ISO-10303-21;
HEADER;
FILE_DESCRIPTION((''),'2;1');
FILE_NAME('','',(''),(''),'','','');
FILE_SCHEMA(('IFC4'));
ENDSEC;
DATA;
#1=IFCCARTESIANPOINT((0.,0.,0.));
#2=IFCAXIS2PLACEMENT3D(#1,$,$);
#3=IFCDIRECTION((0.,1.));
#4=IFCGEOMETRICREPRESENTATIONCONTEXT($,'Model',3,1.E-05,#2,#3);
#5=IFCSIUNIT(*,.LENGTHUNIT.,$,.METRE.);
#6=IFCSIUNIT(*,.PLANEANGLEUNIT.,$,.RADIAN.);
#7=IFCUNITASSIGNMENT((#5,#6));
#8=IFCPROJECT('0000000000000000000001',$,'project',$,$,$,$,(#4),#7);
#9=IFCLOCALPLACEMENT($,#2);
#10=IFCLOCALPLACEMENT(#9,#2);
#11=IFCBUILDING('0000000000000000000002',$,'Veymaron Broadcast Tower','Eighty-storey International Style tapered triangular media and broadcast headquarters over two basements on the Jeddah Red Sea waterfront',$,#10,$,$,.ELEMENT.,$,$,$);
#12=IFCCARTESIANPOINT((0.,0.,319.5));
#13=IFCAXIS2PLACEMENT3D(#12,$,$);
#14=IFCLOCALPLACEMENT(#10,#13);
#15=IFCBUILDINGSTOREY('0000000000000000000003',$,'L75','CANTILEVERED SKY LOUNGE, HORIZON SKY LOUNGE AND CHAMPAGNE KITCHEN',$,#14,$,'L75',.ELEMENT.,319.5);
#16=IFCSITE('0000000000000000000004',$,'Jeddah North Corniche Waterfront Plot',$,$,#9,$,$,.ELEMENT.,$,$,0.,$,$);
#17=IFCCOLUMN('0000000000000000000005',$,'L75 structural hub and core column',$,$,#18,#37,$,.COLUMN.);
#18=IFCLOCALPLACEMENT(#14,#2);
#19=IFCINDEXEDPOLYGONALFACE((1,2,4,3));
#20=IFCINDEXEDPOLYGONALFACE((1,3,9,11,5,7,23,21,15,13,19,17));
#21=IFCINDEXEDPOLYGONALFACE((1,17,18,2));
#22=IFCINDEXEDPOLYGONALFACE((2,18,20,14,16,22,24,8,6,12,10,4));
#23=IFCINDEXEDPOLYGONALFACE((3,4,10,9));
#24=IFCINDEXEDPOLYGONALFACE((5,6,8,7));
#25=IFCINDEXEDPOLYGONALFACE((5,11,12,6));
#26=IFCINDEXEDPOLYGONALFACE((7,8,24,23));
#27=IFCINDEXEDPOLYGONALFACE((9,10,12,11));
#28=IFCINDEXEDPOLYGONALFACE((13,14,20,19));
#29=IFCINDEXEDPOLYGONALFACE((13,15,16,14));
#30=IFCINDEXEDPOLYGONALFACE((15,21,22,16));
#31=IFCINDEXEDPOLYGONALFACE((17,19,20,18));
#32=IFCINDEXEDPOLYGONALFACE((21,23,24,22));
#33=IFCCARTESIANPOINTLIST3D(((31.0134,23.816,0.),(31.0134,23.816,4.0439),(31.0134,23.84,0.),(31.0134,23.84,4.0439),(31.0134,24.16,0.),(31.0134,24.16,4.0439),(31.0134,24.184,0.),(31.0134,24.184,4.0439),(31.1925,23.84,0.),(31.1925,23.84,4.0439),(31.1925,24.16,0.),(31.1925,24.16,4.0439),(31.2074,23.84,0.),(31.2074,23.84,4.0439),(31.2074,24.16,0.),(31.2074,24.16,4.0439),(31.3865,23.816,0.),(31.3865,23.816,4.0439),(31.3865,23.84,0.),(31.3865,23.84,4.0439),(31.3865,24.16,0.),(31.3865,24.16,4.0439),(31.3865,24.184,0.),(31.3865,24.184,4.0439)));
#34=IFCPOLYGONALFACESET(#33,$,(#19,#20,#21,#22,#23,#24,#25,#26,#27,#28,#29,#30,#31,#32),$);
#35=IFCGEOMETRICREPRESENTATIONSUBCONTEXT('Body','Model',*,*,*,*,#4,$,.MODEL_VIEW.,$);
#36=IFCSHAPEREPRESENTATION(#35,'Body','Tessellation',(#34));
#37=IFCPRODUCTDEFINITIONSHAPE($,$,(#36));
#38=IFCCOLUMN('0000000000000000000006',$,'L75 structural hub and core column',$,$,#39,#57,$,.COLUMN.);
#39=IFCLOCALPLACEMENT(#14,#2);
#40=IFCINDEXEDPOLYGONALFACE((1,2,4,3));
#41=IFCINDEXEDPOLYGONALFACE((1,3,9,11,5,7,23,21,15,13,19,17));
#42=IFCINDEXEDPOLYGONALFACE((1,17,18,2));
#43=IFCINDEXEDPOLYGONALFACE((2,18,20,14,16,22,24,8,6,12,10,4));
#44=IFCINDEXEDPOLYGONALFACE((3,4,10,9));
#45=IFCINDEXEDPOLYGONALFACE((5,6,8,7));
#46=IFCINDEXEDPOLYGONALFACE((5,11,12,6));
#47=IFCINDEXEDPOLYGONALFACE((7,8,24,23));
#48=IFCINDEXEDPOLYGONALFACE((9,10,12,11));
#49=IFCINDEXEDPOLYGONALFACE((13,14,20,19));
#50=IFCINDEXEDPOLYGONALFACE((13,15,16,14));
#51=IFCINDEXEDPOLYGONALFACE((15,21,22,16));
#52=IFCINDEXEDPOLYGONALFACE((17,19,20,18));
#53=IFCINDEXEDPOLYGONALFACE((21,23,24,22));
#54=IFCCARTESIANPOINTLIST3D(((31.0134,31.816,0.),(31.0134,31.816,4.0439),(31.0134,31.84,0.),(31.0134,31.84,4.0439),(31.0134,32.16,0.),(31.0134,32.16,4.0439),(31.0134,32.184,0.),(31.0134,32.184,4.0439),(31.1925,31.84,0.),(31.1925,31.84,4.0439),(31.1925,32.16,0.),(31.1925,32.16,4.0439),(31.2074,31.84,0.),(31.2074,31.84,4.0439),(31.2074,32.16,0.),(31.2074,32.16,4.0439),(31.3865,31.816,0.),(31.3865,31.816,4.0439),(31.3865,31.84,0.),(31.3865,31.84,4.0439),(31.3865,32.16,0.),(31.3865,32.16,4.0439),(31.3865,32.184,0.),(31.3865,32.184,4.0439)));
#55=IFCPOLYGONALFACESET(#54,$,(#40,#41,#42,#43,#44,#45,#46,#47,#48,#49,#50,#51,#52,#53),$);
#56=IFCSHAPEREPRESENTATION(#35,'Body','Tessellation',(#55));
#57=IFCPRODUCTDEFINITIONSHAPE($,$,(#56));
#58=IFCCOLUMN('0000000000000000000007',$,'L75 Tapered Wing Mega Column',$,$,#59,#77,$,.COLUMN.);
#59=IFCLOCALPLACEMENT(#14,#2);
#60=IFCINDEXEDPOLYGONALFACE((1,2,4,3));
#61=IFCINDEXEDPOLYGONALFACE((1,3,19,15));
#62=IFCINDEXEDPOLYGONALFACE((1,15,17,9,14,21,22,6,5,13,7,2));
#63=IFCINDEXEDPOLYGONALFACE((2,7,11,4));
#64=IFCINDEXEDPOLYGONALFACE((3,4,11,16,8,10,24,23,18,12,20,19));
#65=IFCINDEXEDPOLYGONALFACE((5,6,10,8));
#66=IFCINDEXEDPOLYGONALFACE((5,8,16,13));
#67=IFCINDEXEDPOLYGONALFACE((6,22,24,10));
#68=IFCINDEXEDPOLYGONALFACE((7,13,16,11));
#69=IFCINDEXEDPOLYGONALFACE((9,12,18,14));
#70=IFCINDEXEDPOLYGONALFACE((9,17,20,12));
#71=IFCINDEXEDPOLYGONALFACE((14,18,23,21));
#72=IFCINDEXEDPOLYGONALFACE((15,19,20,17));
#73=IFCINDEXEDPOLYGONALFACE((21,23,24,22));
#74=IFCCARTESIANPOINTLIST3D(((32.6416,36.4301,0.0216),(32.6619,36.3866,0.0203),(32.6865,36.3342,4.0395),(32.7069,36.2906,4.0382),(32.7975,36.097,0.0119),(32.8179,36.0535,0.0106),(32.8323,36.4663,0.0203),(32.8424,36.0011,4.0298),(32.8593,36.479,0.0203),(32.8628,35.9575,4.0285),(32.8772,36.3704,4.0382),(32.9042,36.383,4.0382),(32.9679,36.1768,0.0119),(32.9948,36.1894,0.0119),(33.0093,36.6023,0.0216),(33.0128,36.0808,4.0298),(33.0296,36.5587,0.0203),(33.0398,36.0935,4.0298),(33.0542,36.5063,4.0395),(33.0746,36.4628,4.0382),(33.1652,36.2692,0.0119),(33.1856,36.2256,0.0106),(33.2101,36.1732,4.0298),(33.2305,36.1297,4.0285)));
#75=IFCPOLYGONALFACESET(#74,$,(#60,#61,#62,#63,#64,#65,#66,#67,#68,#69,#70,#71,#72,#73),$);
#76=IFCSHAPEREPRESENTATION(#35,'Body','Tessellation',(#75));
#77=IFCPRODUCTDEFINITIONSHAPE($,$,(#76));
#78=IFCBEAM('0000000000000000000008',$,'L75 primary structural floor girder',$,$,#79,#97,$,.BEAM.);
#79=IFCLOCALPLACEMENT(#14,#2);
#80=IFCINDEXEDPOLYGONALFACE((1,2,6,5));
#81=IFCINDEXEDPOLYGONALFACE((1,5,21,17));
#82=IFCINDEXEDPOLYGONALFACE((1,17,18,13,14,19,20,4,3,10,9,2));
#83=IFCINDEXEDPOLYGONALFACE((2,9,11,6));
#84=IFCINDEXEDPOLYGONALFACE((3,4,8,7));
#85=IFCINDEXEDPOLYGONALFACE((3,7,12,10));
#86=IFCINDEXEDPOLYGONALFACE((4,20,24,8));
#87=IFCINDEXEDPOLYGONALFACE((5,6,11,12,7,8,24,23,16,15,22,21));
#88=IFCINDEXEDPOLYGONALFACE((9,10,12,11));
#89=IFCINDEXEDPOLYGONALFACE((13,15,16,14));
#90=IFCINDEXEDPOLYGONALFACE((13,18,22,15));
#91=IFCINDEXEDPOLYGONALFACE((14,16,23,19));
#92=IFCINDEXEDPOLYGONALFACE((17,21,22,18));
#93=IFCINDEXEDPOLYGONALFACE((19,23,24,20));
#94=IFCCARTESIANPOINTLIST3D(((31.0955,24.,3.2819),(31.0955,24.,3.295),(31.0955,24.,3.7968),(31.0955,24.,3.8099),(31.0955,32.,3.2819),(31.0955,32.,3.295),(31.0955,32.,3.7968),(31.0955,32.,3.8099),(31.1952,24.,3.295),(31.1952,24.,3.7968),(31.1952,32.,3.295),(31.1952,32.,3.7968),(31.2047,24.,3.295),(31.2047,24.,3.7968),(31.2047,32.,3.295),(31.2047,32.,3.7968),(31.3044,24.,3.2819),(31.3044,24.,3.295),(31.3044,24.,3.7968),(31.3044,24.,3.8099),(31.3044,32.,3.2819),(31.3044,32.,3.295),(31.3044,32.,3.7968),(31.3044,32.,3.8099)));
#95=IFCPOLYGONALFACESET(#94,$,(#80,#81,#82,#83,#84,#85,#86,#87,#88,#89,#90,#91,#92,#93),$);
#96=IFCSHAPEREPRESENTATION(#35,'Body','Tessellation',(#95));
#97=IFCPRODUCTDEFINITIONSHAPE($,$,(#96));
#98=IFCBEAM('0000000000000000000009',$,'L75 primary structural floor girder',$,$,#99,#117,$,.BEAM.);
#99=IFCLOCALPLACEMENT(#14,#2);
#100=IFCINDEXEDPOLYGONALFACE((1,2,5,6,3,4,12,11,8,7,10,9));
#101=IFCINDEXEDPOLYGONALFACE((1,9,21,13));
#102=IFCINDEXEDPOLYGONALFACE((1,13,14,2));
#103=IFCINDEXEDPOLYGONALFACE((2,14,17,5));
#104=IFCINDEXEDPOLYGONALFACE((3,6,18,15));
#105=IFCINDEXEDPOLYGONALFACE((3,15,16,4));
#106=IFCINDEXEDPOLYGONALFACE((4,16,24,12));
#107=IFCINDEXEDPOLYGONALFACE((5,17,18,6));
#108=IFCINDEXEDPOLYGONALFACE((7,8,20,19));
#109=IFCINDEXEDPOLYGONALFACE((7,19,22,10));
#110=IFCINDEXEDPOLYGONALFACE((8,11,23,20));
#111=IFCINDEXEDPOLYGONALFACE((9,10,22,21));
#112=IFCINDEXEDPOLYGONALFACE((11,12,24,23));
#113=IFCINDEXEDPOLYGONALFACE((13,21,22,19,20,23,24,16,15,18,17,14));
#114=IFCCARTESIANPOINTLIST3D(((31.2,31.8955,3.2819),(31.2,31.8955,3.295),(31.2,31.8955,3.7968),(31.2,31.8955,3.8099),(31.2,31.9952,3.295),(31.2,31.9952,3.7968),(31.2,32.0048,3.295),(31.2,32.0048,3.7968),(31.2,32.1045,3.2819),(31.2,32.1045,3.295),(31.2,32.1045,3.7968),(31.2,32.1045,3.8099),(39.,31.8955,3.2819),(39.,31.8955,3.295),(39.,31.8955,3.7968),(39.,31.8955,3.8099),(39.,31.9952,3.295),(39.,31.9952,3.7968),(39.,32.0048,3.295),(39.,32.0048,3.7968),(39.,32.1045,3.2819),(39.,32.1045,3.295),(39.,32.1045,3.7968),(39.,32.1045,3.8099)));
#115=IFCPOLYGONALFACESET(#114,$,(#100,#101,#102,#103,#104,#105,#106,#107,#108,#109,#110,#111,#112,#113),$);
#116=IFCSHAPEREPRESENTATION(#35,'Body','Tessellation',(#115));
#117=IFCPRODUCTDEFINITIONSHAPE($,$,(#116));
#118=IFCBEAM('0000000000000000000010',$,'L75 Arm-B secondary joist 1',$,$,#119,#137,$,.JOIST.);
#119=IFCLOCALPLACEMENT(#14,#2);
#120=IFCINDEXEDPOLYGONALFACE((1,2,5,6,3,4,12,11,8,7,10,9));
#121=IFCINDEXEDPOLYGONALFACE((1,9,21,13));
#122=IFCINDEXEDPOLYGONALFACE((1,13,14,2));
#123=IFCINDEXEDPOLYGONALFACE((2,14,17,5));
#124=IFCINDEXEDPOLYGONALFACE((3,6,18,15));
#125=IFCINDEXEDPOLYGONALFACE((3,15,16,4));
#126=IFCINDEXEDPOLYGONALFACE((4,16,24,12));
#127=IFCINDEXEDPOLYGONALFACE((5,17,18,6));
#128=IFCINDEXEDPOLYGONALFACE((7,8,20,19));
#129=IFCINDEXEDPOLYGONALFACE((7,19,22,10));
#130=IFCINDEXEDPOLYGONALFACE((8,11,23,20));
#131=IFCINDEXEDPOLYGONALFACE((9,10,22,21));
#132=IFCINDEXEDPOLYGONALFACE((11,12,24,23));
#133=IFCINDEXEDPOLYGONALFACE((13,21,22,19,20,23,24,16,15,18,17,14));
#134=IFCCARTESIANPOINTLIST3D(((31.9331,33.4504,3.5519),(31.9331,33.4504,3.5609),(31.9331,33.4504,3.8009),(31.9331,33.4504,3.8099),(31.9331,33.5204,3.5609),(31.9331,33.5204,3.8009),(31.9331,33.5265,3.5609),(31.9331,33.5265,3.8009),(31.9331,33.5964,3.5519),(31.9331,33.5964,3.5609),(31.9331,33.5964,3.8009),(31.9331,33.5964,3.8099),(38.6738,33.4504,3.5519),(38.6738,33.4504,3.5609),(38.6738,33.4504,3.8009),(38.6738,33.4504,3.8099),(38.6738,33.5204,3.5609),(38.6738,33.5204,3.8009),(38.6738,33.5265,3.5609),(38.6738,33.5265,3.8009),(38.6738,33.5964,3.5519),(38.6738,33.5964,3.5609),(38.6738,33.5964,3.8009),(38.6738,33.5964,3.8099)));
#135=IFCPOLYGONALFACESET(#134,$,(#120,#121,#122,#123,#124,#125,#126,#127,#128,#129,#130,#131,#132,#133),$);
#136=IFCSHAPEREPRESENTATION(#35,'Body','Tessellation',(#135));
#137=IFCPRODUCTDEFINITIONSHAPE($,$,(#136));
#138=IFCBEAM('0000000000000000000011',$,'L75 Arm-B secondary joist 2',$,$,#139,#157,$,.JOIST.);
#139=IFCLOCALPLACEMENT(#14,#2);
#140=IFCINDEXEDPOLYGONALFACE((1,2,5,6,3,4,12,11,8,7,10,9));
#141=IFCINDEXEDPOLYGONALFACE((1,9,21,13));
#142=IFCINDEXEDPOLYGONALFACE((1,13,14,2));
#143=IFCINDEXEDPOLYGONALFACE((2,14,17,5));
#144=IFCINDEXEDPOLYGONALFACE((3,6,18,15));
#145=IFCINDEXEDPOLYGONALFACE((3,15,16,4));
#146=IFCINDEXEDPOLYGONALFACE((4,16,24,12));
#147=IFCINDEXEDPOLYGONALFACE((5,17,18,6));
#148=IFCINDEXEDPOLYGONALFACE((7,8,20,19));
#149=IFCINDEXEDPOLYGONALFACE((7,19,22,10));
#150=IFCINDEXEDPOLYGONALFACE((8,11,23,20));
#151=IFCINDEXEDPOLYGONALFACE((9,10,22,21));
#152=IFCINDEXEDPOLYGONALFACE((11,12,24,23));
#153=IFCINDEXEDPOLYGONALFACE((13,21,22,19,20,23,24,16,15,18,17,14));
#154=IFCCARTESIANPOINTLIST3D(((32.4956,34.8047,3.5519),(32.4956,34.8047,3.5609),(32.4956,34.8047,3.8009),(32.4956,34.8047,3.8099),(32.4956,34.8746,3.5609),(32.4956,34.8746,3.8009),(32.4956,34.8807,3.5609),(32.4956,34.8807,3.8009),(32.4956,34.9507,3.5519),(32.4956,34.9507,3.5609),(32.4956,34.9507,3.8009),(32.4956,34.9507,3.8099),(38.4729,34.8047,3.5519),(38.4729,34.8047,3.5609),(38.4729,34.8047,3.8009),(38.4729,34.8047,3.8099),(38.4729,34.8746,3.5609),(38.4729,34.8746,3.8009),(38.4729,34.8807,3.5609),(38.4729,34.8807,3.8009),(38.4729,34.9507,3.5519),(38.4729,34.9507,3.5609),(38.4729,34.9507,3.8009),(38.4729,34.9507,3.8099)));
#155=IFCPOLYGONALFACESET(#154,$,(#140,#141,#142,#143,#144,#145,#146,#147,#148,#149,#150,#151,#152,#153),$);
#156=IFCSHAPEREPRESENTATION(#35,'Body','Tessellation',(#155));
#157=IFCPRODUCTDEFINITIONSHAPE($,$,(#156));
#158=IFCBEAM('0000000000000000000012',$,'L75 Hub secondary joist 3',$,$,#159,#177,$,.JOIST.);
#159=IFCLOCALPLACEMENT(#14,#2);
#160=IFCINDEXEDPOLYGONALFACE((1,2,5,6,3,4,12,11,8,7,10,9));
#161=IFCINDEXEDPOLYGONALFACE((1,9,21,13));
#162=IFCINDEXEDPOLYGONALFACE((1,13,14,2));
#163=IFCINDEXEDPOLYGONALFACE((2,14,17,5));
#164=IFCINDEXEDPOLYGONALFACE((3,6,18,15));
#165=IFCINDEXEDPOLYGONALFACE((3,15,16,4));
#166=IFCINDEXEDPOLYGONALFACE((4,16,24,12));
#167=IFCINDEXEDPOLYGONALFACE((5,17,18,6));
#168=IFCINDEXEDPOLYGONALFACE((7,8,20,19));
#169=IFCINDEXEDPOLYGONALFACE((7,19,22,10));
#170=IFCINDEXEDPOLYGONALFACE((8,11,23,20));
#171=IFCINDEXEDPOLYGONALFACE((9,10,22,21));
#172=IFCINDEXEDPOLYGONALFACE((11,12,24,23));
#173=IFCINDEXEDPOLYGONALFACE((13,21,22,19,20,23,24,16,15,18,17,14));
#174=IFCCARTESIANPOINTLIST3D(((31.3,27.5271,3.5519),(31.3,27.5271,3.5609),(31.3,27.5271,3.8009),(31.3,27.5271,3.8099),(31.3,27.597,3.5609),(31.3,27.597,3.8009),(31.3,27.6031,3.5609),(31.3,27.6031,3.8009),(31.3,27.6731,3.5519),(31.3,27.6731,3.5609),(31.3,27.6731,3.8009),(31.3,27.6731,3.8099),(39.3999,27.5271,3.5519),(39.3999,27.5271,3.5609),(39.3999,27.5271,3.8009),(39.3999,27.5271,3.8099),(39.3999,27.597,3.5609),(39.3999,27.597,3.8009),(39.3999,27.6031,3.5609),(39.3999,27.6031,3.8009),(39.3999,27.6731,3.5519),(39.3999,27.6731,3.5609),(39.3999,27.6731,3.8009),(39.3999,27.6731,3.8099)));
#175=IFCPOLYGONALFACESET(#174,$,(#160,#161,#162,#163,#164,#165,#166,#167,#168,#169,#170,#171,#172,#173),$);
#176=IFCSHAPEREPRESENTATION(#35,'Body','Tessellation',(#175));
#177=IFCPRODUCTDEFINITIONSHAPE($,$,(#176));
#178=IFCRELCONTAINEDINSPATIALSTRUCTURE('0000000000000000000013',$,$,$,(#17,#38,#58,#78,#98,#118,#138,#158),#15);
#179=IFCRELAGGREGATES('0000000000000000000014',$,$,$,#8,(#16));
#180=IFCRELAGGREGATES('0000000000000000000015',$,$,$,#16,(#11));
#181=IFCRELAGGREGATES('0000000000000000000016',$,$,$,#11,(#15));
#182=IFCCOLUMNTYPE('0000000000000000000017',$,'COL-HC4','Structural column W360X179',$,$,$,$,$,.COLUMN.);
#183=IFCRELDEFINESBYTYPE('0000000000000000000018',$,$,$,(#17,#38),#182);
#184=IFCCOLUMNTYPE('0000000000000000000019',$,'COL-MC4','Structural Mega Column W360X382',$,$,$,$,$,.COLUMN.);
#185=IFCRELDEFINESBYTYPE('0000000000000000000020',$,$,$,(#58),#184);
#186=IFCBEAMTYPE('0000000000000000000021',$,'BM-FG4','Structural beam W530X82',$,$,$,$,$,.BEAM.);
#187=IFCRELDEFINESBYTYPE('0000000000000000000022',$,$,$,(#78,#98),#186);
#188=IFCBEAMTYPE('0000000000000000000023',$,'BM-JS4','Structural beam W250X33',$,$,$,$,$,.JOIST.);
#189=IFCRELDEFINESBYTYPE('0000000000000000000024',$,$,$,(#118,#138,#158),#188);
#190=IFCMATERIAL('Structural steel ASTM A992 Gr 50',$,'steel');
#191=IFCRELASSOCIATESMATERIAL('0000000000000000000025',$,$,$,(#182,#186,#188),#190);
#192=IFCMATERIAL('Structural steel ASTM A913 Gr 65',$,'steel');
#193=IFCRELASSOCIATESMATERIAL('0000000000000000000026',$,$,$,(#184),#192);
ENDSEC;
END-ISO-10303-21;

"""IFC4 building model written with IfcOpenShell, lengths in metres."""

from ifc_helpers import new_model, si_unit, direction, frame, origin, origin_2d, place, context, subcontext, project, spatial, i_section, extrude, material, material_profile, profile_set, type_object, element, save


model = new_model("IFC4")

# Units and contexts
model_context = context("Model", 3, precision=1e-05, world=origin(), true_north=direction((0.0, 1.0)))
body_context = subcontext(model_context, "Body", "Model", "MODEL_VIEW")
ifc_project = project(units=[si_unit("LENGTHUNIT", "METRE"), si_unit("PLANEANGLEUNIT", "RADIAN")], contexts=[model_context])

# Site, building, storey
site_placement = place(None, origin())
site = spatial("IfcSite", under=ifc_project, at=site_placement, Name="Jeddah North Corniche Waterfront Plot", CompositionType="ELEMENT", RefElevation=0.0)
building_placement = place(site_placement, origin())
building = spatial("IfcBuilding", under=site, at=building_placement, Name="Veymaron Broadcast Tower", Description="Eighty-storey International Style tapered triangular media and broadcast headquarters over two basements on the Jeddah Red Sea waterfront", CompositionType="ELEMENT")
storey_placement = place(building_placement, frame((0.0, 0.0, 319.5)))
storey = spatial("IfcBuildingStorey", under=building, at=storey_placement, Name="L75", Description="CANTILEVERED SKY LOUNGE, HORIZON SKY LOUNGE AND CHAMPAGNE KITCHEN", LongName="L75", CompositionType="ELEMENT", Elevation=319.5)

# Columns
ifc_material_1 = material(Name="Structural steel ASTM A992 Gr 50", Category="steel")
ifc_material_profile_1 = material_profile(ifc_material_1, i_section(OverallWidth=0.373, OverallDepth=0.3679, WebThickness=0.0149, FlangeThickness=0.0239, at=origin_2d()), Name="W360X179")
ifc_profile_set_1 = profile_set([ifc_material_profile_1], Name="Structural steel ASTM A992 Gr 50")
column_type_1 = type_object("IfcColumnType", Name="COL-HC4", Description="Structural column W360X179", PredefinedType="COLUMN", material=ifc_profile_set_1)
for number, where, z_axis, x_axis, name in (
    (1, (31.2, 24.0, 0.0), (0.0, 0.0, 1.0), (1.0, 0.0, 0.0), "L75 structural hub and core column"),
    (2, (31.2, 32.0, 0.0), (0.0, 0.0, 1.0), (1.0, 0.0, 0.0), "L75 structural hub and core column"),
):
    element("IfcColumn", number, at=place(storey_placement, frame(where, z_axis=z_axis, x_axis=x_axis)), inside=storey, type_object=column_type_1, Name=name, PredefinedType="COLUMN", context=body_context, shape_type="SweptSolid", body=[
        extrude(i_section(OverallWidth=0.373, OverallDepth=0.3679, WebThickness=0.0149, FlangeThickness=0.0239, at=origin_2d()), origin(), (0.0, 0.0, 1.0), 4.0439),
    ])
ifc_material_2 = material(Name="Structural steel ASTM A913 Gr 65", Category="steel")
ifc_material_profile_2 = material_profile(ifc_material_2, i_section(OverallWidth=0.406, OverallDepth=0.416, WebThickness=0.0298, FlangeThickness=0.0481, at=origin_2d()), Name="W360X382")
ifc_profile_set_2 = profile_set([ifc_material_profile_2], Name="Structural steel ASTM A913 Gr 65")
column_type_2 = type_object("IfcColumnType", Name="COL-MC4", Description="Structural Mega Column W360X382", PredefinedType="COLUMN", material=ifc_profile_set_2)
column_placement = place(storey_placement, frame((32.9136, 36.3279, 0.0161), z_axis=(0.011177, -0.023872, 0.999653), x_axis=(0.905653, 0.424021, 0.0)))
element("IfcColumn", 3, at=column_placement, inside=storey, type_object=column_type_2, Name="L75 Tapered Wing Mega Column", PredefinedType="COLUMN", context=body_context, shape_type="SweptSolid", body=[
    extrude(i_section(OverallWidth=0.406, OverallDepth=0.416, WebThickness=0.0298, FlangeThickness=0.0481, at=origin_2d()), origin(), (0.0, 0.0, 1.0), 4.0193),
])

# Beams
ifc_material_profile_3 = material_profile(ifc_material_1, i_section(OverallWidth=0.209, OverallDepth=0.5281, WebThickness=0.0095, FlangeThickness=0.0132, at=origin_2d()), Name="W530X82")
ifc_profile_set_3 = profile_set([ifc_material_profile_3], Name="Structural steel ASTM A992 Gr 50")
beam_type_1 = type_object("IfcBeamType", Name="BM-FG4", Description="Structural beam W530X82", PredefinedType="BEAM", material=ifc_profile_set_3)
beam_1_placement = place(storey_placement, frame((31.2, 24.0, 3.5459), z_axis=(0.0, 1.0, 0.0), x_axis=(-1.0, 0.0, 0.0)))
element("IfcBeam", 4, at=beam_1_placement, inside=storey, type_object=beam_type_1, Name="L75 primary structural floor girder", PredefinedType="BEAM", context=body_context, shape_type="SweptSolid", body=[
    extrude(i_section(OverallWidth=0.209, OverallDepth=0.5281, WebThickness=0.0095, FlangeThickness=0.0132, at=origin_2d()), origin(), (0.0, 0.0, 1.0), 8.0),
])
beam_2_placement = place(storey_placement, frame((31.2, 32.0, 3.5459), z_axis=(1.0, 0.0, 0.0), x_axis=(0.0, 1.0, 0.0)))
element("IfcBeam", 5, at=beam_2_placement, inside=storey, type_object=beam_type_1, Name="L75 primary structural floor girder", PredefinedType="BEAM", context=body_context, shape_type="SweptSolid", body=[
    extrude(i_section(OverallWidth=0.209, OverallDepth=0.5281, WebThickness=0.0095, FlangeThickness=0.0132, at=origin_2d()), origin(), (0.0, 0.0, 1.0), 7.8),
])
ifc_material_profile_4 = material_profile(ifc_material_1, i_section(OverallWidth=0.146, OverallDepth=0.2581, WebThickness=0.0061, FlangeThickness=0.009, at=origin_2d()), Name="W250X33")
ifc_profile_set_4 = profile_set([ifc_material_profile_4], Name="Structural steel ASTM A992 Gr 50")
beam_type_2 = type_object("IfcBeamType", Name="BM-JS4", Description="Structural beam W250X33", PredefinedType="JOIST", material=ifc_profile_set_4)
beam_3_placement = place(storey_placement, frame((31.9331, 33.5234, 3.6809), z_axis=(1.0, 0.0, 0.0), x_axis=(0.0, 1.0, 0.0)))
element("IfcBeam", 6, at=beam_3_placement, inside=storey, type_object=beam_type_2, Name="L75 Arm-B secondary joist 1", PredefinedType="JOIST", context=body_context, shape_type="SweptSolid", body=[
    extrude(i_section(OverallWidth=0.146, OverallDepth=0.2581, WebThickness=0.0061, FlangeThickness=0.009, at=origin_2d()), origin(), (0.0, 0.0, 1.0), 6.7407),
])
beam_4_placement = place(storey_placement, frame((32.4956, 34.8777, 3.6809), z_axis=(1.0, 0.0, 0.0), x_axis=(0.0, 1.0, 0.0)))
element("IfcBeam", 7, at=beam_4_placement, inside=storey, type_object=beam_type_2, Name="L75 Arm-B secondary joist 2", PredefinedType="JOIST", context=body_context, shape_type="SweptSolid", body=[
    extrude(i_section(OverallWidth=0.146, OverallDepth=0.2581, WebThickness=0.0061, FlangeThickness=0.009, at=origin_2d()), origin(), (0.0, 0.0, 1.0), 5.9773),
])
for number, where, z_axis, x_axis, name in (
    (8, (31.3, 27.6001, 3.6809), (1.0, 0.0, 0.0), (0.0, 1.0, 0.0), "L75 Hub secondary joist 3"),
):
    element("IfcBeam", number, at=place(storey_placement, frame(where, z_axis=z_axis, x_axis=x_axis)), inside=storey, type_object=beam_type_2, Name=name, PredefinedType="JOIST", context=body_context, shape_type="SweptSolid", body=[
        extrude(i_section(OverallWidth=0.146, OverallDepth=0.2581, WebThickness=0.0061, FlangeThickness=0.009, at=origin_2d()), origin(), (0.0, 0.0, 1.0), 8.0999),
    ])

save(model, "model.ifc")
